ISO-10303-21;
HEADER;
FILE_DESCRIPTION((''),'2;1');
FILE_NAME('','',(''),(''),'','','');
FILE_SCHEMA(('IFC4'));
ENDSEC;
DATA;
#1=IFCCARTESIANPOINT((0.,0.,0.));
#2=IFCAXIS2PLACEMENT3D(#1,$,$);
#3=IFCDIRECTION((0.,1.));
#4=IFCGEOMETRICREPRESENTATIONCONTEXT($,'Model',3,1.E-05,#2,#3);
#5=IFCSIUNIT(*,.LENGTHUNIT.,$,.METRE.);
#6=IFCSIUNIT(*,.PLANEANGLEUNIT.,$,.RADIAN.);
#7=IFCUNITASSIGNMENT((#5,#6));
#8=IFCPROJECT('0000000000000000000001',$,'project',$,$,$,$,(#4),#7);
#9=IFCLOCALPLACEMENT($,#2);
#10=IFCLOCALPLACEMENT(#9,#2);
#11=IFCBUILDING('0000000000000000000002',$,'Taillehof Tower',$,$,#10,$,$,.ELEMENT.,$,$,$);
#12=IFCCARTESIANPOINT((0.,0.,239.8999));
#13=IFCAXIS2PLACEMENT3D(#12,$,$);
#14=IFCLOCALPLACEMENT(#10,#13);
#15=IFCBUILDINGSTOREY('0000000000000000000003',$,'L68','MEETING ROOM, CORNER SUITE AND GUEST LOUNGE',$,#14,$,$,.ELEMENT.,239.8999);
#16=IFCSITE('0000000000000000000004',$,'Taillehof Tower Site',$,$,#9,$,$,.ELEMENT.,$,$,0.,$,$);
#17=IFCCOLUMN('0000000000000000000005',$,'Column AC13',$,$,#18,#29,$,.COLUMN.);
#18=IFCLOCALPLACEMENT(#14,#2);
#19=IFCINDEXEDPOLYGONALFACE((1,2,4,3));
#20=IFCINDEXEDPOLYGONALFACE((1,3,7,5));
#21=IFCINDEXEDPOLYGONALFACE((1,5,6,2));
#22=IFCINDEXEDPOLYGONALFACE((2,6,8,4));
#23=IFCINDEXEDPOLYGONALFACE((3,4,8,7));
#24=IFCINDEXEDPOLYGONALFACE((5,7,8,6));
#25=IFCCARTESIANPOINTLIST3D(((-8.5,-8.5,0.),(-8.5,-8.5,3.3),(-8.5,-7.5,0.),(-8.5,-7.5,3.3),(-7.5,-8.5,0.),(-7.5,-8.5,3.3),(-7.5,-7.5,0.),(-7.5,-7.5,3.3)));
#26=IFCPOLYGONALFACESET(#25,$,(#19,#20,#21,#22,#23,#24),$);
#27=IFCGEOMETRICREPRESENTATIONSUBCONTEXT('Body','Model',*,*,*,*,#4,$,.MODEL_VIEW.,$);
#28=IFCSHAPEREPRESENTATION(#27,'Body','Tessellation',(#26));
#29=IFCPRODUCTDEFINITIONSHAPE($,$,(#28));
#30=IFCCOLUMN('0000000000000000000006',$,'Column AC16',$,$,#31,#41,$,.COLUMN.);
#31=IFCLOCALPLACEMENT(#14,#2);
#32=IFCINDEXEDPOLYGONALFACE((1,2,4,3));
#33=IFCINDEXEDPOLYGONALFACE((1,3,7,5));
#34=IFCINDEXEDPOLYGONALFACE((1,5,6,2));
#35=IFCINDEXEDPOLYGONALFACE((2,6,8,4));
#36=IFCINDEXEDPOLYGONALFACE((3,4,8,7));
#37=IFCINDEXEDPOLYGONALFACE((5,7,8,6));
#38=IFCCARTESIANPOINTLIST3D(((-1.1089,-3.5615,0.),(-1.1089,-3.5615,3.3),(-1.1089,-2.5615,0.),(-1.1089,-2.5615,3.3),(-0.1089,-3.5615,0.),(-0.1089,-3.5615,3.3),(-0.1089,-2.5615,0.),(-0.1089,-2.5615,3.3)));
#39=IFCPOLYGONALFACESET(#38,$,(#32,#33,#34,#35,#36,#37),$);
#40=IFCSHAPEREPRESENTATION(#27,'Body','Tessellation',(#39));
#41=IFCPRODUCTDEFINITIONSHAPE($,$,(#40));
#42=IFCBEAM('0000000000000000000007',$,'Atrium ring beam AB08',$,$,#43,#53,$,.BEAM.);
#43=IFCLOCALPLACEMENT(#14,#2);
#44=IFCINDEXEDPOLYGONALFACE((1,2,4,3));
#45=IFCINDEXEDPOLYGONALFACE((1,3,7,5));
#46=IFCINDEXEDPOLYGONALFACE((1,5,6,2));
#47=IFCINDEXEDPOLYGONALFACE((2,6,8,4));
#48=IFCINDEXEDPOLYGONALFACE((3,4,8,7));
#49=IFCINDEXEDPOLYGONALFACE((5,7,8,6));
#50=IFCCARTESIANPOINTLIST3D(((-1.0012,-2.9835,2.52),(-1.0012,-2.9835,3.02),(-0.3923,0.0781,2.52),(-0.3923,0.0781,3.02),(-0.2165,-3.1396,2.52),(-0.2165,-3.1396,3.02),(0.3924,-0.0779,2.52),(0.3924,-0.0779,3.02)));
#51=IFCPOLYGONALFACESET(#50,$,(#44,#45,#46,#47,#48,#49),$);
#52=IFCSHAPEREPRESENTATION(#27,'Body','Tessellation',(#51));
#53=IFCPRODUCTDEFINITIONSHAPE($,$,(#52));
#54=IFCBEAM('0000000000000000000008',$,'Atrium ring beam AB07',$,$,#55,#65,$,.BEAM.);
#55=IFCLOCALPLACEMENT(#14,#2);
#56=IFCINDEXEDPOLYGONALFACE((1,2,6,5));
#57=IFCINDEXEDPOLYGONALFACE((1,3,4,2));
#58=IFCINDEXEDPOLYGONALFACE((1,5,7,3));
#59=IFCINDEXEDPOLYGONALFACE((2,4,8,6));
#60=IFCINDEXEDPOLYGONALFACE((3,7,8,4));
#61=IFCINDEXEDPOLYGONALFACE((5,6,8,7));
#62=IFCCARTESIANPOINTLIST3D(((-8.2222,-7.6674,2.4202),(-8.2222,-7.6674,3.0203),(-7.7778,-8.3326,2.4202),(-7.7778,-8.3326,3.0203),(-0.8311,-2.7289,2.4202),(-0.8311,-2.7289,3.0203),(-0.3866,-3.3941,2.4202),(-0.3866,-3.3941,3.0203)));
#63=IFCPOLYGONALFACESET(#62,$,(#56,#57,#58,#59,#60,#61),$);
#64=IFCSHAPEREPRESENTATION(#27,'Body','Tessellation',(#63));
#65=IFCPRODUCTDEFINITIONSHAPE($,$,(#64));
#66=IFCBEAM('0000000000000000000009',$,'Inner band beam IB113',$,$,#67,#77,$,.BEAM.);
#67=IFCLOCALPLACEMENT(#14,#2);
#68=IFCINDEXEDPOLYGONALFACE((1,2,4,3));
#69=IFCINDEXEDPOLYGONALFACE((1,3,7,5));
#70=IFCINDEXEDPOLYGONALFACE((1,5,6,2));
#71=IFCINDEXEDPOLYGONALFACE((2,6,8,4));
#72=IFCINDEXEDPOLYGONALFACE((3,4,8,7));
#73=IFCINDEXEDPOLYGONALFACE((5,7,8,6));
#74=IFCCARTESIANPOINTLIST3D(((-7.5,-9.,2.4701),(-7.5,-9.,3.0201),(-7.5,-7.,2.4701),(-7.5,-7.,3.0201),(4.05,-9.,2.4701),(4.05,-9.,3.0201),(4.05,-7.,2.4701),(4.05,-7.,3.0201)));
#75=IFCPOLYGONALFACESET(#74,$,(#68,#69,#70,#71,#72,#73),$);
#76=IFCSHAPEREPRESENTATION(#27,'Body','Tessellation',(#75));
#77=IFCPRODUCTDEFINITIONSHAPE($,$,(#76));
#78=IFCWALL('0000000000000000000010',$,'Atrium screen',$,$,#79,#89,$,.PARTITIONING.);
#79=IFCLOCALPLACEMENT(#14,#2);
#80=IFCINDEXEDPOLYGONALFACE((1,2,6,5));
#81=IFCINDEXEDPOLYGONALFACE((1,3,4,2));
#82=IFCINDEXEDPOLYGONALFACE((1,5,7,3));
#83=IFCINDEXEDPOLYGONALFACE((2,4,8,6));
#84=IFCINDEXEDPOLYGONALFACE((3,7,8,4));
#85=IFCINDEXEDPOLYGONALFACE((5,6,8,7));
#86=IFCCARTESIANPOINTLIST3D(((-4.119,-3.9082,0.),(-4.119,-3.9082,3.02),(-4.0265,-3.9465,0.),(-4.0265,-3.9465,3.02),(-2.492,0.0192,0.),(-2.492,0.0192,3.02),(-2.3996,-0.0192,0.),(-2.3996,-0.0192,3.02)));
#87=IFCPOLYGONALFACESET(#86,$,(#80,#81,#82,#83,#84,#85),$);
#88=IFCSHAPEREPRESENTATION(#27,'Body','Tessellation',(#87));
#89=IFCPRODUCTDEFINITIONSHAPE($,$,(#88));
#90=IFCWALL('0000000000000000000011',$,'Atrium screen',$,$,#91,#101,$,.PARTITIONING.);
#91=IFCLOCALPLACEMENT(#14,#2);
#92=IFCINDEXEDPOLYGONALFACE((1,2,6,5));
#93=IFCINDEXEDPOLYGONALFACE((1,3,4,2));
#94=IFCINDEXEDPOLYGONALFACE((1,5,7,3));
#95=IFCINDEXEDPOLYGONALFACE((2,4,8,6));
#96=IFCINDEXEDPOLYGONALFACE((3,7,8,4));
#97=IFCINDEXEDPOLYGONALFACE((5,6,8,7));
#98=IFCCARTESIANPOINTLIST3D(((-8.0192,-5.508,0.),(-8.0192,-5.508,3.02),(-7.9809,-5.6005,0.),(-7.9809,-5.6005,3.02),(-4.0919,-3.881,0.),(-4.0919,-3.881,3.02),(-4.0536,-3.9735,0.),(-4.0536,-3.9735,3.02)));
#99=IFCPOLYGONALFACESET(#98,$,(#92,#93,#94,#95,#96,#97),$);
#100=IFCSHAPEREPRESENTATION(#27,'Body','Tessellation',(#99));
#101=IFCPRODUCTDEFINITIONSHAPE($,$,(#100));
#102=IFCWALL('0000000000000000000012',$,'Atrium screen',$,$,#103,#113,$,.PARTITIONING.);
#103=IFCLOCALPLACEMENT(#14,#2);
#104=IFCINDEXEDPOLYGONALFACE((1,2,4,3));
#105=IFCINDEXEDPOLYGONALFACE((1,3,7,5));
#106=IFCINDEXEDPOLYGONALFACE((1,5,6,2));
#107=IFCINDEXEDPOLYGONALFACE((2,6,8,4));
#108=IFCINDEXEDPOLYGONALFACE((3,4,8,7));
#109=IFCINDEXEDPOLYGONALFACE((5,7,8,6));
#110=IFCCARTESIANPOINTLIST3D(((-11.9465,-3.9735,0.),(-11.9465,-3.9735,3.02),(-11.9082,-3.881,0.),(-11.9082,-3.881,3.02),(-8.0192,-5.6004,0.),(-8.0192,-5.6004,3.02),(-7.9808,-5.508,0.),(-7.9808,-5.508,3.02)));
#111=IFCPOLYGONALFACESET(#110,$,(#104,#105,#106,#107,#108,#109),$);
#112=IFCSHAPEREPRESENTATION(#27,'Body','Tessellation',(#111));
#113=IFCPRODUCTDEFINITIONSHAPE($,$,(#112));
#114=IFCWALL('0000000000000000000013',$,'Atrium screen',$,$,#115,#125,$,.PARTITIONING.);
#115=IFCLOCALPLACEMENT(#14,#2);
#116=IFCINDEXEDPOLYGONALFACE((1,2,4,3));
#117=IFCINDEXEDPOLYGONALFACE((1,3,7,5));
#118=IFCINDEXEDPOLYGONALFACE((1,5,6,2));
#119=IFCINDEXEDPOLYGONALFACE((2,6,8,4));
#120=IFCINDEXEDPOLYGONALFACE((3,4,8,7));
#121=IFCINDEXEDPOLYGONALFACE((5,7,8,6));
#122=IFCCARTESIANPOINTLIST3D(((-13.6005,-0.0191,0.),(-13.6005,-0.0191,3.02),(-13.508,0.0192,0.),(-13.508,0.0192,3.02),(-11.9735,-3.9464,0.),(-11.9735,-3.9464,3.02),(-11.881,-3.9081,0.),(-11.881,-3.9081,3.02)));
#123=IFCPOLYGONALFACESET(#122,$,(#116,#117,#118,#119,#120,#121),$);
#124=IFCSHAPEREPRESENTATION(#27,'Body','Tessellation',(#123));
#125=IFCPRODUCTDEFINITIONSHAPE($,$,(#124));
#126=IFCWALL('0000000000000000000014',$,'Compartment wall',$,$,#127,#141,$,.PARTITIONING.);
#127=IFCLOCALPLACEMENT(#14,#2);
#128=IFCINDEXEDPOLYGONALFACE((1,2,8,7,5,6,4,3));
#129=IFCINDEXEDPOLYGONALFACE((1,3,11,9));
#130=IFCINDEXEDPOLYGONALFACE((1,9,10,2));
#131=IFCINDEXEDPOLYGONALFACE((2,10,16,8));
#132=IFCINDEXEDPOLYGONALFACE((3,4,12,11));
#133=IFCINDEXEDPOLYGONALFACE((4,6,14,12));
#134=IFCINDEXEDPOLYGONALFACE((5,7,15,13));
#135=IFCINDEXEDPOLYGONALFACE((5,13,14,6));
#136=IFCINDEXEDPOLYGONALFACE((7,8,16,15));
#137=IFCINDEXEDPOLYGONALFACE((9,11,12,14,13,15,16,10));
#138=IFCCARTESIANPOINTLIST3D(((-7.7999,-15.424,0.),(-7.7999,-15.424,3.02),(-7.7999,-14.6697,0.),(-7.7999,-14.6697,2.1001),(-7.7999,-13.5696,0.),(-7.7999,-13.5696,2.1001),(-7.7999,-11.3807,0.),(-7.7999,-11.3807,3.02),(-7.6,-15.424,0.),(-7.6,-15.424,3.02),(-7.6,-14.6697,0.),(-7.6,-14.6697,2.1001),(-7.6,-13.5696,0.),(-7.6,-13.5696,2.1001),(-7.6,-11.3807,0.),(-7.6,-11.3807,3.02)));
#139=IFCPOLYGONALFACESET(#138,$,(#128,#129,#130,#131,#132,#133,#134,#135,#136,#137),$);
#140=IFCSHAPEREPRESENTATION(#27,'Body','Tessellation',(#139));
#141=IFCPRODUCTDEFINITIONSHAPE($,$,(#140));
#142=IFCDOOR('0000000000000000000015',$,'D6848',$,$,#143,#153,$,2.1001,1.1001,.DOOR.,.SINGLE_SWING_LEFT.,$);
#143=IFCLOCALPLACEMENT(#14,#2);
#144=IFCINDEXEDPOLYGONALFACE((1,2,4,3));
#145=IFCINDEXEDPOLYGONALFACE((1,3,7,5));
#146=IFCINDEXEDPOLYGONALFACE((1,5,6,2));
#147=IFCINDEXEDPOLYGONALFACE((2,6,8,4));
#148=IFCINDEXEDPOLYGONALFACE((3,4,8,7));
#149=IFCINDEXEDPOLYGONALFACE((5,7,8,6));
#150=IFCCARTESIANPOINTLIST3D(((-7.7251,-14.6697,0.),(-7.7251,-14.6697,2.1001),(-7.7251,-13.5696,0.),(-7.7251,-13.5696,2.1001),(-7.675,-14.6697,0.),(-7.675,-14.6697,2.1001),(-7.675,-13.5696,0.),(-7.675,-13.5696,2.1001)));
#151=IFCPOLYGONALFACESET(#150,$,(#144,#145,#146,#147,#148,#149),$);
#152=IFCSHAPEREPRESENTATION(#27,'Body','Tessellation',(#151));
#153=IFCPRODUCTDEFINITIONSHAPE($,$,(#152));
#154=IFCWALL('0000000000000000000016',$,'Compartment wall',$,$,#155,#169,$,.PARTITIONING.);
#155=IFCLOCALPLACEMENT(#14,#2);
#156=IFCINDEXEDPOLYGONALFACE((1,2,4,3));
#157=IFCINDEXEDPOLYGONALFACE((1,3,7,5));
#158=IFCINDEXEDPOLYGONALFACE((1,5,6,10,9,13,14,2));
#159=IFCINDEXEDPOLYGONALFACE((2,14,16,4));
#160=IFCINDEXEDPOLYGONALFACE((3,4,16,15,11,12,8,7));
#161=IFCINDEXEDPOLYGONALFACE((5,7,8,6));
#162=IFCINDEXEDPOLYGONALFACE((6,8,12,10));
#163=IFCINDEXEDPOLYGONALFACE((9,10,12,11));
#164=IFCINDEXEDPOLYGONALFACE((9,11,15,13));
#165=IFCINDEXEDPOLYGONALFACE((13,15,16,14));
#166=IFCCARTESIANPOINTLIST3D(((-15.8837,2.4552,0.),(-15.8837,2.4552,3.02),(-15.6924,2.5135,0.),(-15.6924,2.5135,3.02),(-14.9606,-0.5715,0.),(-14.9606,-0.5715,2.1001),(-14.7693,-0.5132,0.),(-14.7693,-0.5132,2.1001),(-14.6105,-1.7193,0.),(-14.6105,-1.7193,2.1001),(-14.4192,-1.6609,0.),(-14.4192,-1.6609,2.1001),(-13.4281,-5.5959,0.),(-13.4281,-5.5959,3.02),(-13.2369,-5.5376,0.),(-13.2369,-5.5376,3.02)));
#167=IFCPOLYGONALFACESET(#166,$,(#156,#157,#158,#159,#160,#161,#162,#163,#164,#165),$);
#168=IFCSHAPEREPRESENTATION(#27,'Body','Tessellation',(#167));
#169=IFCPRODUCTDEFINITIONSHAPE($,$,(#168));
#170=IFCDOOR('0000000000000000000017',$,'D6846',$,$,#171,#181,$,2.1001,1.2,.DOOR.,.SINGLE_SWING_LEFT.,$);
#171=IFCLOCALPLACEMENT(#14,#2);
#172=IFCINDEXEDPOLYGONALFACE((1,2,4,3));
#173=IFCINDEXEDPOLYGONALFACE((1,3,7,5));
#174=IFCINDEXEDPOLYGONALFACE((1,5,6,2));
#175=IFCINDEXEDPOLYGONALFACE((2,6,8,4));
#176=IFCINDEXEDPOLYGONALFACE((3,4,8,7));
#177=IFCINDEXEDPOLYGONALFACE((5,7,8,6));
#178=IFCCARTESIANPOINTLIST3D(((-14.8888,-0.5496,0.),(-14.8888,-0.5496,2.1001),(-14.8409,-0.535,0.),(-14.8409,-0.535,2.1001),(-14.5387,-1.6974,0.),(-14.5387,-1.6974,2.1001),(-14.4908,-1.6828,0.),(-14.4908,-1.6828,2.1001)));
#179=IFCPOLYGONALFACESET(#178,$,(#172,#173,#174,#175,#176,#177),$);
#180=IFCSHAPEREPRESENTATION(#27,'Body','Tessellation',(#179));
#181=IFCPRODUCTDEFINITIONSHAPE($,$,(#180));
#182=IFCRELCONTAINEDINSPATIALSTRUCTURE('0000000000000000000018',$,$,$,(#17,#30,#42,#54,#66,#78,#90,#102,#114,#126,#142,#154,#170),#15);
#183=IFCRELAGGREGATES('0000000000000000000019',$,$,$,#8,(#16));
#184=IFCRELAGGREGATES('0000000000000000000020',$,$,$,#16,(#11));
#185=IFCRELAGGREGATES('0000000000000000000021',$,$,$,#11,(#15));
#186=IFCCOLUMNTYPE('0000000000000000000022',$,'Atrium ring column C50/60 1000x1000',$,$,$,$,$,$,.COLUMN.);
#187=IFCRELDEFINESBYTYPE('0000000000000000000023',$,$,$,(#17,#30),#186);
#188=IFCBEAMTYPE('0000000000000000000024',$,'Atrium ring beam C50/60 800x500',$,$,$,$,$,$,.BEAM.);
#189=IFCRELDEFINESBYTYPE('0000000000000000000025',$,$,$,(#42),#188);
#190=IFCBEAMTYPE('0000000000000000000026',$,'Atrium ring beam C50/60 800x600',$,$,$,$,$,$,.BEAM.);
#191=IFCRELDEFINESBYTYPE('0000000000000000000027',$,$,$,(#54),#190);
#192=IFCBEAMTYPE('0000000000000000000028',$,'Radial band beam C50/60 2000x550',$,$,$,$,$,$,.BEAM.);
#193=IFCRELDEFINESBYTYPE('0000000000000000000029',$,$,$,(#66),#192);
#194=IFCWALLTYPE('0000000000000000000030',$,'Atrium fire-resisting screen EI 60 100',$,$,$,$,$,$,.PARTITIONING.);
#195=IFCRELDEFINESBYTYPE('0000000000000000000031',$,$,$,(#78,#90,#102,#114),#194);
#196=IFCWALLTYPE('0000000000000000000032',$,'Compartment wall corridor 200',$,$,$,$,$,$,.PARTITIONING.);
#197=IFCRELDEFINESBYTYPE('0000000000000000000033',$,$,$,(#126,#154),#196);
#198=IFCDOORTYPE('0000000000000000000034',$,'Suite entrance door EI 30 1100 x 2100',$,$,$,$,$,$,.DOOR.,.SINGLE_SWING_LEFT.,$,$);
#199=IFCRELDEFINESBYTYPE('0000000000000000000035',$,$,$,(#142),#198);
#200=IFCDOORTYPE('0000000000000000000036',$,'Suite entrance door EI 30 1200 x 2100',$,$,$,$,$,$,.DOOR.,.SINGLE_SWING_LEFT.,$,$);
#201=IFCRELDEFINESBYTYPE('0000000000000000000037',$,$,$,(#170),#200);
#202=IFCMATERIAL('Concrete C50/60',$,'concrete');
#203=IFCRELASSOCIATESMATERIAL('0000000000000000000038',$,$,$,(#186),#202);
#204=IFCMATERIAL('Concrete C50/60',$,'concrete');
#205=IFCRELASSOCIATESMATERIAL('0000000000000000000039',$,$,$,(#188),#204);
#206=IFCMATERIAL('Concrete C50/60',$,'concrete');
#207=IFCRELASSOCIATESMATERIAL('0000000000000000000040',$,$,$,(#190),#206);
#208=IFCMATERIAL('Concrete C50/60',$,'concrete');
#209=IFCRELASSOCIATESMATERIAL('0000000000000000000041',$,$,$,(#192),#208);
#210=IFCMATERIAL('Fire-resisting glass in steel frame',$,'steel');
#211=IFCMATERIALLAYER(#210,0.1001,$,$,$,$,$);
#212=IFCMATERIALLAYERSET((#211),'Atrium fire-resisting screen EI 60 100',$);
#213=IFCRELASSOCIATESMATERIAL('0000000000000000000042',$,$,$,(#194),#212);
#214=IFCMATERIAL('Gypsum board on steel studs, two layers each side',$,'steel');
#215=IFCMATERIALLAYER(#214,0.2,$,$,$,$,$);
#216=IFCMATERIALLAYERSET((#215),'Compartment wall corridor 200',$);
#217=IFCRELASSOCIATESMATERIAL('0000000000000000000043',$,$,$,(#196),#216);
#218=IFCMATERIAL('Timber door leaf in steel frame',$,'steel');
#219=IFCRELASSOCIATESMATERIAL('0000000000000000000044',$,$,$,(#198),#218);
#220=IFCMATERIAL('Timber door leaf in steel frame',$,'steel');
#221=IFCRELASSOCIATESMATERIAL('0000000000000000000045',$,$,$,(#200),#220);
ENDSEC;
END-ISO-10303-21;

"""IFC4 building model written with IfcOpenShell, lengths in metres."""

from ifc_helpers import new_model, si_unit, direction, frame, frame_2d, origin, origin_2d, place, context, subcontext, project, spatial, rectangle, extrude, material, layer, layer_set, material_profile, profile_set, type_object, element, fill, save


model = new_model("IFC4")

# Units and contexts
model_context = context("Model", 3, precision=1e-05, world=origin(), true_north=direction((0.0, 1.0)))
body_context = subcontext(model_context, "Body", "Model", "MODEL_VIEW")
ifc_project = project(units=[si_unit("LENGTHUNIT", "METRE"), si_unit("PLANEANGLEUNIT", "RADIAN")], contexts=[model_context])

# Site, building, storey
site_placement = place(None, origin())
site = spatial("IfcSite", under=ifc_project, at=site_placement, Name="Taillehof Tower Site", CompositionType="ELEMENT", RefElevation=0.0)
building_placement = place(site_placement, origin())
building = spatial("IfcBuilding", under=site, at=building_placement, Name="Taillehof Tower", CompositionType="ELEMENT")
storey_placement = place(building_placement, frame((0.0, 0.0, 239.8999)))
storey = spatial("IfcBuildingStorey", under=building, at=storey_placement, Name="L68", Description="MEETING ROOM, CORNER SUITE AND GUEST LOUNGE", CompositionType="ELEMENT", Elevation=239.8999)

# Columns
ifc_material_1 = material(Name="Concrete C50/60", Category="concrete")
ifc_material_profile_1 = material_profile(ifc_material_1, rectangle(XDim=1.0, YDim=1.0, at=origin_2d()), Name="RC 1000x1000")
ifc_profile_set_1 = profile_set([ifc_material_profile_1], Name="Concrete C50/60")
column_type = type_object("IfcColumnType", Name="Atrium ring column C50/60 1000x1000", PredefinedType="COLUMN", material=ifc_profile_set_1)
for number, where, z_axis, x_axis, name in (
    (1, (-8.0, -8.0, 0.0), (0.0, 0.0, 1.0), (1.0, 0.0, 0.0), "Column AC13"),
    (2, (-0.6089, -3.0615, 0.0), (0.0, 0.0, 1.0), (1.0, 0.0, 0.0), "Column AC16"),
):
    element("IfcColumn", number, at=place(storey_placement, frame(where, z_axis=z_axis, x_axis=x_axis)), inside=storey, type_object=column_type, Name=name, PredefinedType="COLUMN", context=body_context, shape_type="SweptSolid", body=[
        extrude(rectangle(XDim=1.0, YDim=1.0, at=origin_2d()), origin(), (0.0, 0.0, 1.0), 3.3),
    ])

# Beams
ifc_material_2 = material(Name="Concrete C50/60", Category="concrete")
ifc_material_profile_2 = material_profile(ifc_material_2, rectangle(XDim=0.8, YDim=0.5, at=origin_2d()), Name="RC 800x500")
ifc_profile_set_2 = profile_set([ifc_material_profile_2], Name="Concrete C50/60")
beam_type_1 = type_object("IfcBeamType", Name="Atrium ring beam C50/60 800x500", PredefinedType="BEAM", material=ifc_profile_set_2)
beam_1_placement = place(storey_placement, frame((-0.6089, -3.0615, 2.77), z_axis=(0.195063, 0.980791, 0.0), x_axis=(-0.980791, 0.195063, 0.0)))
element("IfcBeam", 3, at=beam_1_placement, inside=storey, type_object=beam_type_1, Name="Atrium ring beam AB08", PredefinedType="BEAM", context=body_context, shape_type="SweptSolid", body=[
    extrude(rectangle(XDim=0.8, YDim=0.5, at=origin_2d()), origin(), (0.0, 0.0, 1.0), 3.1216),
])
ifc_material_3 = material(Name="Concrete C50/60", Category="concrete")
ifc_material_profile_3 = material_profile(ifc_material_3, rectangle(XDim=0.8, YDim=0.6001, at=origin_2d()), Name="RC 800x600")
ifc_profile_set_3 = profile_set([ifc_material_profile_3], Name="Concrete C50/60")
beam_type_2 = type_object("IfcBeamType", Name="Atrium ring beam C50/60 800x600", PredefinedType="BEAM", material=ifc_profile_set_3)
beam_2_placement = place(storey_placement, frame((-8.0, -8.0, 2.7202), z_axis=(0.831475, 0.555562, 0.0), x_axis=(-0.555562, 0.831475, 0.0)))
element("IfcBeam", 4, at=beam_2_placement, inside=storey, type_object=beam_type_2, Name="Atrium ring beam AB07", PredefinedType="BEAM", context=body_context, shape_type="SweptSolid", body=[
    extrude(rectangle(XDim=0.8, YDim=0.6001, at=origin_2d()), origin(), (0.0, 0.0, 1.0), 8.8892),
])
ifc_material_4 = material(Name="Concrete C50/60", Category="concrete")
ifc_material_profile_4 = material_profile(ifc_material_4, rectangle(XDim=2.0, YDim=0.55, at=origin_2d()), Name="RC 2000x550")
ifc_profile_set_4 = profile_set([ifc_material_profile_4], Name="Concrete C50/60")
beam_type_3 = type_object("IfcBeamType", Name="Radial band beam C50/60 2000x550", PredefinedType="BEAM", material=ifc_profile_set_4)
beam_3_placement = place(storey_placement, frame((-7.5, -8.0, 2.7451), z_axis=(1.0, 0.0, 0.0), x_axis=(0.0, 1.0, 0.0)))
element("IfcBeam", 5, at=beam_3_placement, inside=storey, type_object=beam_type_3, Name="Inner band beam IB113", PredefinedType="BEAM", context=body_context, shape_type="SweptSolid", body=[
    extrude(rectangle(XDim=2.0, YDim=0.55, at=origin_2d()), origin(), (0.0, 0.0, 1.0), 11.55),
])

# Walls
ifc_material_5 = material(Name="Fire-resisting glass in steel frame", Category="steel")
ifc_layer_1 = layer(ifc_material_5, 0.1001)
ifc_layer_set_1 = layer_set([ifc_layer_1], Name="Atrium fire-resisting screen EI 60 100")
wall_type_1 = type_object("IfcWallType", Name="Atrium fire-resisting screen EI 60 100", PredefinedType="PARTITIONING", material=ifc_layer_set_1)
for number, where, z_axis, x_axis, name in (
    (6, (-2.4458, 0.0, 0.0), (0.0, 0.0, 1.0), (-0.382731, -0.92386, 0.0), "Atrium screen"),
    (7, (-4.0728, -3.9272, 0.0), (0.0, 0.0, 1.0), (-0.92386, -0.382731, 0.0), "Atrium screen"),
    (8, (-8.0, -5.5542, 0.0), (0.0, 0.0, 1.0), (-0.92386, 0.382731, 0.0), "Atrium screen"),
    (9, (-11.9272, -3.9272, 0.0), (0.0, 0.0, 1.0), (-0.382731, 0.92386, 0.0), "Atrium screen"),
):
    element("IfcWall", number, at=place(storey_placement, frame(where, z_axis=z_axis, x_axis=x_axis)), inside=storey, type_object=wall_type_1, Name=name, PredefinedType="PARTITIONING", context=body_context, shape_type="SweptSolid", body=[
        extrude(rectangle(XDim=4.251, YDim=0.1001, at=frame_2d((2.1255, 0.0))), origin(), (0.0, 0.0, 1.0), 3.02),
    ])

# Walls, openings, doors
ifc_material_6 = material(Name="Gypsum board on steel studs, two layers each side", Category="steel")
ifc_layer_2 = layer(ifc_material_6, 0.2)
ifc_layer_set_2 = layer_set([ifc_layer_2], Name="Compartment wall corridor 200")
wall_type_2 = type_object("IfcWallType", Name="Compartment wall corridor 200", PredefinedType="PARTITIONING", material=ifc_layer_set_2)
wall_1_placement = place(storey_placement, frame((-7.7, -11.3809, 0.0), z_axis=(0.0, 0.0, 1.0), x_axis=(0.0, -1.0, 0.0)))
wall_1 = element("IfcWall", 10, at=wall_1_placement, inside=storey, type_object=wall_type_2, Name="Compartment wall", PredefinedType="PARTITIONING", context=body_context, shape_type="SweptSolid", body=[
    extrude(rectangle(XDim=4.0432, YDim=0.2, at=frame_2d((2.0215, 0.0))), origin(), (0.0, 0.0, 1.0), 3.02),
])
opening_1_placement = place(wall_1_placement, frame((2.1887, 0.0, 0.0)))
opening_1 = element("IfcOpeningElement", 11, at=opening_1_placement, cuts=wall_1, PredefinedType="OPENING", context=body_context, shape_type="SweptSolid", body=[
    extrude(rectangle(XDim=1.1001, YDim=2.1001, at=frame_2d((0.55, 1.05))), frame((0.0, 0.1099, 0.0), z_axis=(0.0, -1.0, 0.0), x_axis=(1.0, 0.0, 0.0)), (0.0, 0.0, 1.0), 0.22),
])
ifc_material_7 = material(Name="Timber door leaf in steel frame", Category="steel")
door_type_1 = type_object("IfcDoorType", Name="Suite entrance door EI 30 1100 x 2100", OperationType="SINGLE_SWING_LEFT", PredefinedType="DOOR", material=ifc_material_7)
door_1_placement = place(opening_1_placement, origin())
door_1 = element("IfcDoor", 12, at=door_1_placement, inside=storey, type_object=door_type_1, Name="D6848", OperationType="SINGLE_SWING_LEFT", OverallHeight=2.1001, OverallWidth=1.1001, PredefinedType="DOOR", context=body_context, shape_type="SweptSolid", body=[
    extrude(rectangle(XDim=1.1001, YDim=2.1001, at=frame_2d((0.55, 1.05))), frame((0.0, 0.0249, 0.0), z_axis=(0.0, -1.0, 0.0), x_axis=(1.0, 0.0, 0.0)), (0.0, 0.0, 1.0), 0.05),
])
fill(opening_1, door_1)
wall_2_placement = place(storey_placement, frame((-13.3325, -5.5667, 0.0), z_axis=(0.0, 0.0, 1.0), x_axis=(-0.291733, 0.9565, 0.0)))
wall_2 = element("IfcWall", 13, at=wall_2_placement, inside=storey, type_object=wall_type_2, Name="Compartment wall", PredefinedType="PARTITIONING", context=body_context, shape_type="SweptSolid", body=[
    extrude(rectangle(XDim=8.4172, YDim=0.2, at=frame_2d((4.2085, 0.0))), origin(), (0.0, 0.0, 1.0), 3.02),
])
opening_2_placement = place(wall_2_placement, frame((4.0527, 0.0, 0.0)))
opening_2 = element("IfcOpeningElement", 14, at=opening_2_placement, cuts=wall_2, PredefinedType="OPENING", context=body_context, shape_type="SweptSolid", body=[
    extrude(rectangle(XDim=1.2, YDim=2.1001, at=frame_2d((0.6001, 1.05))), frame((0.0, 0.1099, 0.0), z_axis=(0.0, -1.0, 0.0), x_axis=(1.0, 0.0, 0.0)), (0.0, 0.0, 1.0), 0.22),
])
ifc_material_8 = material(Name="Timber door leaf in steel frame", Category="steel")
door_type_2 = type_object("IfcDoorType", Name="Suite entrance door EI 30 1200 x 2100", OperationType="SINGLE_SWING_LEFT", PredefinedType="DOOR", material=ifc_material_8)
door_2_placement = place(opening_2_placement, origin())
door_2 = element("IfcDoor", 15, at=door_2_placement, inside=storey, type_object=door_type_2, Name="D6846", OperationType="SINGLE_SWING_LEFT", OverallHeight=2.1001, OverallWidth=1.2, PredefinedType="DOOR", context=body_context, shape_type="SweptSolid", body=[
    extrude(rectangle(XDim=1.2, YDim=2.1001, at=frame_2d((0.6001, 1.05))), frame((0.0, 0.0249, 0.0), z_axis=(0.0, -1.0, 0.0), x_axis=(1.0, 0.0, 0.0)), (0.0, 0.0, 1.0), 0.05),
])
fill(opening_2, door_2)

save(model, "model.ifc")
